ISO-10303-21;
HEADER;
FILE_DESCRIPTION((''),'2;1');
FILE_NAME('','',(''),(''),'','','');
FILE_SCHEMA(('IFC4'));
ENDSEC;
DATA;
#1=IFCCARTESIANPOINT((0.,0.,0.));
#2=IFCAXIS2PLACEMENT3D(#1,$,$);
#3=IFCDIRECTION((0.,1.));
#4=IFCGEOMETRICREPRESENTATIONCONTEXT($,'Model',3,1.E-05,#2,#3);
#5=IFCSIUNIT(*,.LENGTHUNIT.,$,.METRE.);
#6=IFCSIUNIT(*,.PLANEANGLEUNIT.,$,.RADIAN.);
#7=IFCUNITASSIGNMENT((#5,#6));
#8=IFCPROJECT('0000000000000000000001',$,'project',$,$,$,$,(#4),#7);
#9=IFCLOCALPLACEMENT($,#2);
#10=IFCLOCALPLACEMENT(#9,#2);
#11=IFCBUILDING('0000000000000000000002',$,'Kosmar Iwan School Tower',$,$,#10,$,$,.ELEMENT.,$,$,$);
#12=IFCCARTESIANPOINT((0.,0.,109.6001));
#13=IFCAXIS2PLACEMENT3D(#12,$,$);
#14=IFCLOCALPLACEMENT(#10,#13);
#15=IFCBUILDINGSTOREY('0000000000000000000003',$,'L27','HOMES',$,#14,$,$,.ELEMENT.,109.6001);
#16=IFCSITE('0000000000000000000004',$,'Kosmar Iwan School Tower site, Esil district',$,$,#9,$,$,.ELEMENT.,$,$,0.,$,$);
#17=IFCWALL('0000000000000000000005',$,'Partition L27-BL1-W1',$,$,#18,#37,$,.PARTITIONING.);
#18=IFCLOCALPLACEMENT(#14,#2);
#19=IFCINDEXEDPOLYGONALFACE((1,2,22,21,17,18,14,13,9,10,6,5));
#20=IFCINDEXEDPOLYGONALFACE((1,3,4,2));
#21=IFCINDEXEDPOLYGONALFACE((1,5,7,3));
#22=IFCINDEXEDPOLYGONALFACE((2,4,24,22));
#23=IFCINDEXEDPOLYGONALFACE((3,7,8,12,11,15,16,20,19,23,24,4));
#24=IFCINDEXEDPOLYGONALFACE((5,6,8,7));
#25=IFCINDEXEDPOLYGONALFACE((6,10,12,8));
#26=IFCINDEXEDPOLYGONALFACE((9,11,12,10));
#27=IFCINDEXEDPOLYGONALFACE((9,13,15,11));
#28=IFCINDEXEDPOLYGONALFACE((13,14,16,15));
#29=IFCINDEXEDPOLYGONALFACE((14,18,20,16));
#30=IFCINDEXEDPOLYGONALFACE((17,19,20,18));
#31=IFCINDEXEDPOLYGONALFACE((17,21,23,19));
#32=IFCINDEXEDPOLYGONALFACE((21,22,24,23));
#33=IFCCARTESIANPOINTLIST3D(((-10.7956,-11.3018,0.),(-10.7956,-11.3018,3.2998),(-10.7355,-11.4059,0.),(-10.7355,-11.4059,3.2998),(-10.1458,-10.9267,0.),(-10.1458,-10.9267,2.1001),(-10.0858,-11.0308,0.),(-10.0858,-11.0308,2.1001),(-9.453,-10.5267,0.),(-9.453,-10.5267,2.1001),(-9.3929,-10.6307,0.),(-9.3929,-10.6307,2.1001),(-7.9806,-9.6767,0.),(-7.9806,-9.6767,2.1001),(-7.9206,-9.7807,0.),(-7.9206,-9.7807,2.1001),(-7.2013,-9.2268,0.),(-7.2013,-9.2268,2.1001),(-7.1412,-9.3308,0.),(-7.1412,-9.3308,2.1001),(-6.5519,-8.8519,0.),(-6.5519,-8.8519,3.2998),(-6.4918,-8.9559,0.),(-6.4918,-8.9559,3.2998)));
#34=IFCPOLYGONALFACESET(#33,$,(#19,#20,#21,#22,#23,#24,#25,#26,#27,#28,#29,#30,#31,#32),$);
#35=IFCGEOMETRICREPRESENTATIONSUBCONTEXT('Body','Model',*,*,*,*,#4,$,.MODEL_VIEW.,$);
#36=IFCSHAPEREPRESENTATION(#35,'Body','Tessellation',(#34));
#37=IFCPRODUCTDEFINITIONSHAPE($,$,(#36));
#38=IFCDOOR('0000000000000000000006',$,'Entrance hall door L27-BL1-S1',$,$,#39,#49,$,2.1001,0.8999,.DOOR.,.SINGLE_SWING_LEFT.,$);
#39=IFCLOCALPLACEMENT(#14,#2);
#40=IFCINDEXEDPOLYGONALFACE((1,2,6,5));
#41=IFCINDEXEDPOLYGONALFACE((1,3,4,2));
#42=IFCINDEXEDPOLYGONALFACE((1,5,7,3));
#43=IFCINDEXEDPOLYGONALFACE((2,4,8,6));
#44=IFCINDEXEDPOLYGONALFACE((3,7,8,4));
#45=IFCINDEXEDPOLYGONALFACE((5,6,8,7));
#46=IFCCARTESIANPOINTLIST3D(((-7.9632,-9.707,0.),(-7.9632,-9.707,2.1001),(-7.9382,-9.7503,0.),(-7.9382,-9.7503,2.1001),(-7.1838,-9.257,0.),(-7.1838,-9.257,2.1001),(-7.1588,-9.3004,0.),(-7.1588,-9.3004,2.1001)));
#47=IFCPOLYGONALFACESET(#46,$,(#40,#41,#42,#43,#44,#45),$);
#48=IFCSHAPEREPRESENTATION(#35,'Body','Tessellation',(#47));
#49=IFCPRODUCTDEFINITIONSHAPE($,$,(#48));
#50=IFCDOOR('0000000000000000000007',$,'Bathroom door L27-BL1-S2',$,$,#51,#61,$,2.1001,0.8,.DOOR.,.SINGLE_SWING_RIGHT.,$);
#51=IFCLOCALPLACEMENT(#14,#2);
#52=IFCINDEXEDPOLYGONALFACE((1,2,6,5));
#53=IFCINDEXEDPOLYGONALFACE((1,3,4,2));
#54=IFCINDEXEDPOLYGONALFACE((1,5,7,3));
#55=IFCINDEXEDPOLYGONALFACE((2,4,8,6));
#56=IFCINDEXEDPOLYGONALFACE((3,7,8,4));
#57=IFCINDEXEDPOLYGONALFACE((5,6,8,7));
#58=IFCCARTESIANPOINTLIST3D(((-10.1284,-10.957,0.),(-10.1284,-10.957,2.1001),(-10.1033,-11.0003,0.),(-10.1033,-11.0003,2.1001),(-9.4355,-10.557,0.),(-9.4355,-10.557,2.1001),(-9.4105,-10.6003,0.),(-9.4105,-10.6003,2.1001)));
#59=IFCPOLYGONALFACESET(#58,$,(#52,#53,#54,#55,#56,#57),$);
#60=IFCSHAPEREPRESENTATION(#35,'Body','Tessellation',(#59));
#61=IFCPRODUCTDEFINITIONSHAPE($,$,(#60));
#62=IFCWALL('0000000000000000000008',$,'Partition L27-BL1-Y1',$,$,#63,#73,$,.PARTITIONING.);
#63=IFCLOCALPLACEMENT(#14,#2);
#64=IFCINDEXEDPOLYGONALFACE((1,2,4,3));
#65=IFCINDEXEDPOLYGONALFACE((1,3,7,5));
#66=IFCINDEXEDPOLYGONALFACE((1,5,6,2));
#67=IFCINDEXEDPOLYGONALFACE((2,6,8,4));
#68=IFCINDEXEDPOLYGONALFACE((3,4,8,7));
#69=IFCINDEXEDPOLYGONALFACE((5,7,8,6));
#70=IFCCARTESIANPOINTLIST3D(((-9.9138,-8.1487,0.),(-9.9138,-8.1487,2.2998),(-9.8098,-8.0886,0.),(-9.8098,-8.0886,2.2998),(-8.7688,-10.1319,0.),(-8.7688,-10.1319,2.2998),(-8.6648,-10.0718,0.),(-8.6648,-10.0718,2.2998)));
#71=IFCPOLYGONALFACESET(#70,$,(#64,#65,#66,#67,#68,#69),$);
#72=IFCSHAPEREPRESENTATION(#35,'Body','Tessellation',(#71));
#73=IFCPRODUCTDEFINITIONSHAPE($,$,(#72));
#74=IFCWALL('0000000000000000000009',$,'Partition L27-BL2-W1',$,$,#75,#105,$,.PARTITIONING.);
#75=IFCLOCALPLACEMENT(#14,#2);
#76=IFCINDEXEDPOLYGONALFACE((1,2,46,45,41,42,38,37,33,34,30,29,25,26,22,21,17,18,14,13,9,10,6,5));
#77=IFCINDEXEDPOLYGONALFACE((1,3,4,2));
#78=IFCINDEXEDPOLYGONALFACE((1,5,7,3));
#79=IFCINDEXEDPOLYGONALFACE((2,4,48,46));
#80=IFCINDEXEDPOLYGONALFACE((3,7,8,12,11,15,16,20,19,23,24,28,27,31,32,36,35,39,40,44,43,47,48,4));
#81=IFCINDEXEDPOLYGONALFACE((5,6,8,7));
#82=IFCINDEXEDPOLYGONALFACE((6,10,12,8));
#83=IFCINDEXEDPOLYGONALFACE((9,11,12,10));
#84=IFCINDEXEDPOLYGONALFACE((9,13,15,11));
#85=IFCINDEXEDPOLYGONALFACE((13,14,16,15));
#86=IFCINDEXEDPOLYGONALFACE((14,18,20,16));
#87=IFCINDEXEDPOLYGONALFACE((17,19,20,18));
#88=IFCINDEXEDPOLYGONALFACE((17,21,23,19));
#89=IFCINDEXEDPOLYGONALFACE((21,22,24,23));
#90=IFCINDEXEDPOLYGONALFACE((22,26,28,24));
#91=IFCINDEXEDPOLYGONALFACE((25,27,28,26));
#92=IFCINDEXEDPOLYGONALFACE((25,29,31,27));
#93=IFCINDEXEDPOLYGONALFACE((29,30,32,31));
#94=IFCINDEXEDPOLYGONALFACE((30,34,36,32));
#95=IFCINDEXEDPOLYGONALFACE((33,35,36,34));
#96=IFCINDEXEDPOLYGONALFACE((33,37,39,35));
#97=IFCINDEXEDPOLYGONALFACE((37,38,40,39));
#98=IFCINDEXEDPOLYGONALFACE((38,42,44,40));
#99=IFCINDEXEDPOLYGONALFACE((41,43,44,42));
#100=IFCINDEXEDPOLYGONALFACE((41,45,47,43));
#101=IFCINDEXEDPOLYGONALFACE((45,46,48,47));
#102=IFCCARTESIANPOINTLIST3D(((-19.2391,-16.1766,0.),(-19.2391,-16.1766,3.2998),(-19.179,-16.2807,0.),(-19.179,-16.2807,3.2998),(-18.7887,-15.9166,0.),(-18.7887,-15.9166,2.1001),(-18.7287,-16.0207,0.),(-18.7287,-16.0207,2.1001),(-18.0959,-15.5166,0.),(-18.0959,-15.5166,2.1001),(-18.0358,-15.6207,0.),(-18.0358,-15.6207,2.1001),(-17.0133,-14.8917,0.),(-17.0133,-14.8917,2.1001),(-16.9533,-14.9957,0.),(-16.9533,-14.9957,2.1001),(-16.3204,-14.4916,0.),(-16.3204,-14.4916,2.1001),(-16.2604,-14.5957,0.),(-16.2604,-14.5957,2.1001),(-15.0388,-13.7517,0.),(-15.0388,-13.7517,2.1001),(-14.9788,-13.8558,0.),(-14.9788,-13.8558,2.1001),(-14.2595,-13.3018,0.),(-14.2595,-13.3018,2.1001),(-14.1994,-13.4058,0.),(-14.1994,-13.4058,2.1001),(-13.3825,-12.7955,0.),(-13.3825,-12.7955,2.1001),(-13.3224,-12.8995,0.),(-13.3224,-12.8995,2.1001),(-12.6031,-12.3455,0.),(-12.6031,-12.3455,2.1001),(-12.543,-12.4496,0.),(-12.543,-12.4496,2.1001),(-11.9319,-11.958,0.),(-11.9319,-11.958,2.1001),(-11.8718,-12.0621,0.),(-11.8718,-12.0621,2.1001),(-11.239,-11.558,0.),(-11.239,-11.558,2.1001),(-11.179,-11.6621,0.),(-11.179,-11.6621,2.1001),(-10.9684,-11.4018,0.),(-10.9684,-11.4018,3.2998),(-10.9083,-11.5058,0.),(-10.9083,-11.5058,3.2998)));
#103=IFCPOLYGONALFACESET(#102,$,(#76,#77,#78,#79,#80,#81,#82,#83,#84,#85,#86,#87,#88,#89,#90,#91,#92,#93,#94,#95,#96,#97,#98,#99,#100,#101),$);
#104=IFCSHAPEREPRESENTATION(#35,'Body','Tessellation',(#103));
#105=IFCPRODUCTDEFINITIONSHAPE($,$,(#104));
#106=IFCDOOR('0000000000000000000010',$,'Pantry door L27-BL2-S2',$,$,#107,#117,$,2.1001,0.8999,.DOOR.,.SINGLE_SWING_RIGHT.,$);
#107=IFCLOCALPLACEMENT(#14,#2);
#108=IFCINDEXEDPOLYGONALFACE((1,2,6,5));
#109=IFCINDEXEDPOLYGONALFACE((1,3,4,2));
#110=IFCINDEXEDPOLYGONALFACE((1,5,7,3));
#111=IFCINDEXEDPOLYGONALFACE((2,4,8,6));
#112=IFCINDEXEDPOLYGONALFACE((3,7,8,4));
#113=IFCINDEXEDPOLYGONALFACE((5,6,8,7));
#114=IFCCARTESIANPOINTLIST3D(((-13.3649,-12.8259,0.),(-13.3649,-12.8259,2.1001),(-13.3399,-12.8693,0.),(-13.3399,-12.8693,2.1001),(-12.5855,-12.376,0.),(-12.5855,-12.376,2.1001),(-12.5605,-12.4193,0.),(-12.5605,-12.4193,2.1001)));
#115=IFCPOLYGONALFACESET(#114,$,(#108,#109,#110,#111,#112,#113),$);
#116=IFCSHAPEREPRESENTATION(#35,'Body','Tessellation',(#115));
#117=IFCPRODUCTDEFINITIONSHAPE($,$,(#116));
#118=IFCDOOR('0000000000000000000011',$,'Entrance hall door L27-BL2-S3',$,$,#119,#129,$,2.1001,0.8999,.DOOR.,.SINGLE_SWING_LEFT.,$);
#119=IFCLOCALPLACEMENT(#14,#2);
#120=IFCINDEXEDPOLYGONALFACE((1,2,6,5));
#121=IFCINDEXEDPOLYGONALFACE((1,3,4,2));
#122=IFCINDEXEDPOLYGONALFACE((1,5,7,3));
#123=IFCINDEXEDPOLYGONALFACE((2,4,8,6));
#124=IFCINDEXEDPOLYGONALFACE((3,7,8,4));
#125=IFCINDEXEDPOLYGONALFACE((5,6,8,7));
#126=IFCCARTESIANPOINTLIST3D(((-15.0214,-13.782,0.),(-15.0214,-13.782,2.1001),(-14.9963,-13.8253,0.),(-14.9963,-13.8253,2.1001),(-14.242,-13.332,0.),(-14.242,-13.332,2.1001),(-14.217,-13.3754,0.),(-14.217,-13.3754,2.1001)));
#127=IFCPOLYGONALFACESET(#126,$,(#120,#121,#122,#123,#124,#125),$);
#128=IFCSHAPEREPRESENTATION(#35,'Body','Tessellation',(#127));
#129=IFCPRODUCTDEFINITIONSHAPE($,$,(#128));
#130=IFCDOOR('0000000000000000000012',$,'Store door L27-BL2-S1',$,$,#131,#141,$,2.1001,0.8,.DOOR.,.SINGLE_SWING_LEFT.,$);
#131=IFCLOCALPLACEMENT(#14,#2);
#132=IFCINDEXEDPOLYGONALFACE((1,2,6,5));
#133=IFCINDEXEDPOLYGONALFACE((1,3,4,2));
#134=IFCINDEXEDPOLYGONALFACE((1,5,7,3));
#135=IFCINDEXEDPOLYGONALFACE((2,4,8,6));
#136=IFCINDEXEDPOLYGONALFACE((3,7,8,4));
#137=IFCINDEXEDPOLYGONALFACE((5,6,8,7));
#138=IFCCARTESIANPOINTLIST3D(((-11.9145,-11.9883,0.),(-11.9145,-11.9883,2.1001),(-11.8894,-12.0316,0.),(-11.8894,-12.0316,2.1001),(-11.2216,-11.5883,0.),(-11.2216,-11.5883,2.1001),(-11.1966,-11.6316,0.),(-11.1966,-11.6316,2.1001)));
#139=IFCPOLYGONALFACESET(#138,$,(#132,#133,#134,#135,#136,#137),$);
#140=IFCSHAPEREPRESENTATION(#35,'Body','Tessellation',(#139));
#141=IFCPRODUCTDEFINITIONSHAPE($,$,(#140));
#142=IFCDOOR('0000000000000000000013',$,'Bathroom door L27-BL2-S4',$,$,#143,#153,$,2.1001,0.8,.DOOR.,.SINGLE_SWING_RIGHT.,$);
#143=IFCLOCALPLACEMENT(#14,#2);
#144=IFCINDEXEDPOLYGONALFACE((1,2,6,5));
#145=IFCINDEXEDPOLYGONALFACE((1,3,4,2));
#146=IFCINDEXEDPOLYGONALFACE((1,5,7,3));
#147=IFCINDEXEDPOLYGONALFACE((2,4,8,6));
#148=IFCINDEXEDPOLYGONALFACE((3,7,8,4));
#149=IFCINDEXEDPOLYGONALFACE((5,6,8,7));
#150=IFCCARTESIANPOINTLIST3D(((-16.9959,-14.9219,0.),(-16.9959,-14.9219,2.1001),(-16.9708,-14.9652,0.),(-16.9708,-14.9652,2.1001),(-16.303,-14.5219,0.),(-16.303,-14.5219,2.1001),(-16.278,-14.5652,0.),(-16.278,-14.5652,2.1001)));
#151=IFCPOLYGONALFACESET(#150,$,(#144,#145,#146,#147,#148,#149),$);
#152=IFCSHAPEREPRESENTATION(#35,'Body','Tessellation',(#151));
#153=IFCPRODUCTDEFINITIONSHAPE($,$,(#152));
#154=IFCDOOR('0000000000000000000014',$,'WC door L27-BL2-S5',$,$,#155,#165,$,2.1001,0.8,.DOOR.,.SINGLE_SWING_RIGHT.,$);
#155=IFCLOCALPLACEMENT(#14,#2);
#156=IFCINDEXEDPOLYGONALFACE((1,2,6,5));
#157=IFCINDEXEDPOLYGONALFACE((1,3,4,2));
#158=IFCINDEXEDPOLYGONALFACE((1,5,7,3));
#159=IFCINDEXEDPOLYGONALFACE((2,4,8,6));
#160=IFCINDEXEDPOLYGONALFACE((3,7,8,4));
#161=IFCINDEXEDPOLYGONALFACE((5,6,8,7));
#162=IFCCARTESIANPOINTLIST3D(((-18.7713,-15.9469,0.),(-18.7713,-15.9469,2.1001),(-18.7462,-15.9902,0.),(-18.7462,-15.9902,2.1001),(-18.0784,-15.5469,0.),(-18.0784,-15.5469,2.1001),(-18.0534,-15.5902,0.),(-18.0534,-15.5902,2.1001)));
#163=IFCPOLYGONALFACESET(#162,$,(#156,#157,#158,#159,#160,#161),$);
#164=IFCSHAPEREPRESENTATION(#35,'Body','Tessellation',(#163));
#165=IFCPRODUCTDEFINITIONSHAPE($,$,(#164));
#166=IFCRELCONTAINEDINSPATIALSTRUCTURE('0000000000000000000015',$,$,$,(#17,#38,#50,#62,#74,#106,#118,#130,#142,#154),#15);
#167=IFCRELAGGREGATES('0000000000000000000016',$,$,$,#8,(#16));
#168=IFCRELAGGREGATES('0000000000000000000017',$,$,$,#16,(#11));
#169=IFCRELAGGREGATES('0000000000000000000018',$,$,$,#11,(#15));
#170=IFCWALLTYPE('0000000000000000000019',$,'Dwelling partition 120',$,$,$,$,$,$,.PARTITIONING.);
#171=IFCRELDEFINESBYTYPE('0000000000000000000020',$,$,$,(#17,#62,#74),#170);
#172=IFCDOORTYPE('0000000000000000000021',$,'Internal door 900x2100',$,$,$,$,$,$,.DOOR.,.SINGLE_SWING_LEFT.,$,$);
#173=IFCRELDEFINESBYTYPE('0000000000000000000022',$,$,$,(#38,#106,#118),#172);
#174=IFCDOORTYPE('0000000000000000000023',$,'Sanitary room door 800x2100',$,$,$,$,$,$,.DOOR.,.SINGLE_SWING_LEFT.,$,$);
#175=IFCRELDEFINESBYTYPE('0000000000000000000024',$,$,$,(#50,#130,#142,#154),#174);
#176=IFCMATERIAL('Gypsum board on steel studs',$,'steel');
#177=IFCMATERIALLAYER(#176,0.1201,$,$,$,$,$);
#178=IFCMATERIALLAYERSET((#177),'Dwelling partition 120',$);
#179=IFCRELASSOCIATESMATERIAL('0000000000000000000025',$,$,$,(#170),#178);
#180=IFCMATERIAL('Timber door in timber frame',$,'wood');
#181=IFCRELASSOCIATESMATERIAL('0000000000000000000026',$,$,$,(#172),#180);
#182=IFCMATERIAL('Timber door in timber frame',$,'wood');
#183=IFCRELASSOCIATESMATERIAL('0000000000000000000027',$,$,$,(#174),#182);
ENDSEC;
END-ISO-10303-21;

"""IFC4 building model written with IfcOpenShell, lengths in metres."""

from ifc_helpers import new_model, si_unit, direction, frame, frame_2d, origin, place, context, subcontext, project, spatial, rectangle, extrude, material, layer, layer_set, type_object, element, fill, save


model = new_model("IFC4")

# Units and contexts
model_context = context("Model", 3, precision=1e-05, world=origin(), true_north=direction((0.0, 1.0)))
body_context = subcontext(model_context, "Body", "Model", "MODEL_VIEW")
ifc_project = project(units=[si_unit("LENGTHUNIT", "METRE"), si_unit("PLANEANGLEUNIT", "RADIAN")], contexts=[model_context])

# Site, building, storey
site_placement = place(None, origin())
site = spatial("IfcSite", under=ifc_project, at=site_placement, Name="Kosmar Iwan School Tower site, Esil district", CompositionType="ELEMENT", RefElevation=0.0)
building_placement = place(site_placement, origin())
building = spatial("IfcBuilding", under=site, at=building_placement, Name="Kosmar Iwan School Tower", CompositionType="ELEMENT")
storey_placement = place(building_placement, frame((0.0, 0.0, 109.6001)))
storey = spatial("IfcBuildingStorey", under=building, at=storey_placement, Name="L27", Description="HOMES", CompositionType="ELEMENT", Elevation=109.6001)

# Wall, openings, doors
ifc_material_1 = material(Name="Gypsum board on steel studs", Category="steel")
ifc_layer_1 = layer(ifc_material_1, 0.1201)
ifc_layer_set_1 = layer_set([ifc_layer_1], Name="Dwelling partition 120")
wall_type_1 = type_object("IfcWallType", Name="Dwelling partition 120", PredefinedType="PARTITIONING", material=ifc_layer_set_1)
wall_1_placement = place(storey_placement, frame((-6.5217, -8.9038, 0.0), z_axis=(0.0, 0.0, 1.0), x_axis=(-0.866036, -0.499981, 0.0)))
wall_1 = element("IfcWall", 1, at=wall_1_placement, inside=storey, type_object=wall_type_1, Name="Partition L27-BL1-W1", PredefinedType="PARTITIONING", context=body_context, shape_type="SweptSolid", body=[
    extrude(rectangle(XDim=4.9001, YDim=0.1201, at=frame_2d((2.4502, 0.0))), origin(), (0.0, 0.0, 1.0), 3.2998),
])
opening_1_placement = place(wall_1_placement, frame((0.75, 0.0, 0.0)))
opening_1 = element("IfcOpeningElement", 2, at=opening_1_placement, cuts=wall_1, PredefinedType="OPENING", context=body_context, shape_type="SweptSolid", body=[
    extrude(rectangle(XDim=0.8999, YDim=2.1001, at=frame_2d((0.45, 1.05))), frame((0.0, 0.072, 0.0), z_axis=(0.0, -1.0, 0.0), x_axis=(1.0, 0.0, 0.0)), (0.0, 0.0, 1.0), 0.144),
])
opening_2_placement = place(wall_1_placement, frame((3.3501, 0.0, 0.0)))
opening_2 = element("IfcOpeningElement", 3, at=opening_2_placement, cuts=wall_1, PredefinedType="OPENING", context=body_context, shape_type="SweptSolid", body=[
    extrude(rectangle(XDim=0.8, YDim=2.1001, at=frame_2d((0.3999, 1.05))), frame((0.0, 0.072, 0.0), z_axis=(0.0, -1.0, 0.0), x_axis=(1.0, 0.0, 0.0)), (0.0, 0.0, 1.0), 0.144),
])
ifc_material_2 = material(Name="Timber door in timber frame", Category="wood")
door_type_1 = type_object("IfcDoorType", Name="Internal door 900x2100", OperationType="SINGLE_SWING_LEFT", PredefinedType="DOOR", material=ifc_material_2)
door_1_placement = place(opening_1_placement, origin())
door_1 = element("IfcDoor", 4, at=door_1_placement, inside=storey, type_object=door_type_1, Name="Entrance hall door L27-BL1-S1", OperationType="SINGLE_SWING_LEFT", OverallHeight=2.1001, OverallWidth=0.8999, PredefinedType="DOOR", context=body_context, shape_type="SweptSolid", body=[
    extrude(rectangle(XDim=0.8999, YDim=2.1001, at=frame_2d((0.45, 1.05))), frame((0.0, 0.0249, 0.0), z_axis=(0.0, -1.0, 0.0), x_axis=(1.0, 0.0, 0.0)), (0.0, 0.0, 1.0), 0.05),
])
fill(opening_1, door_1)
ifc_material_3 = material(Name="Timber door in timber frame", Category="wood")
door_type_2 = type_object("IfcDoorType", Name="Sanitary room door 800x2100", OperationType="SINGLE_SWING_LEFT", PredefinedType="DOOR", material=ifc_material_3)
door_2_placement = place(opening_2_placement, origin())
door_2 = element("IfcDoor", 5, at=door_2_placement, inside=storey, type_object=door_type_2, Name="Bathroom door L27-BL1-S2", OperationType="SINGLE_SWING_RIGHT", OverallHeight=2.1001, OverallWidth=0.8, PredefinedType="DOOR", context=body_context, shape_type="SweptSolid", body=[
    extrude(rectangle(XDim=0.8, YDim=2.1001, at=frame_2d((0.3999, 1.05))), frame((0.0, 0.0249, 0.0), z_axis=(0.0, -1.0, 0.0), x_axis=(1.0, 0.0, 0.0)), (0.0, 0.0, 1.0), 0.05),
])
fill(opening_2, door_2)

# Wall
wall_2_placement = place(storey_placement, frame((-9.8618, -8.1187, 0.0), z_axis=(0.0, 0.0, 1.0), x_axis=(0.500015, -0.866017, 0.0)))
element("IfcWall", 6, at=wall_2_placement, inside=storey, type_object=wall_type_1, Name="Partition L27-BL1-Y1", PredefinedType="PARTITIONING", context=body_context, shape_type="SweptSolid", body=[
    extrude(rectangle(XDim=2.29, YDim=0.1201, at=frame_2d((1.145, 0.0))), origin(), (0.0, 0.0, 1.0), 2.2998),
])

# Wall, openings, doors
wall_3_placement = place(storey_placement, frame((-10.9385, -11.4539, 0.0), z_axis=(0.0, 0.0, 1.0), x_axis=(-0.866035, -0.499983, 0.0)))
wall_3 = element("IfcWall", 7, at=wall_3_placement, inside=storey, type_object=wall_type_1, Name="Partition L27-BL2-W1", PredefinedType="PARTITIONING", context=body_context, shape_type="SweptSolid", body=[
    extrude(rectangle(XDim=9.55, YDim=0.1201, at=frame_2d((4.7749, 0.0))), origin(), (0.0, 0.0, 1.0), 3.2998),
])
opening_3_placement = place(wall_3_placement, frame((0.3125, 0.0, 0.0)))
opening_3 = element("IfcOpeningElement", 8, at=opening_3_placement, cuts=wall_3, PredefinedType="OPENING", context=body_context, shape_type="SweptSolid", body=[
    extrude(rectangle(XDim=0.8, YDim=2.1001, at=frame_2d((0.3999, 1.05))), frame((0.0, 0.072, 0.0), z_axis=(0.0, -1.0, 0.0), x_axis=(1.0, 0.0, 0.0)), (0.0, 0.0, 1.0), 0.144),
])
opening_4_placement = place(wall_3_placement, frame((1.8875, 0.0, 0.0)))
opening_4 = element("IfcOpeningElement", 9, at=opening_4_placement, cuts=wall_3, PredefinedType="OPENING", context=body_context, shape_type="SweptSolid", body=[
    extrude(rectangle(XDim=0.8999, YDim=2.1001, at=frame_2d((0.45, 1.05))), frame((0.0, 0.072, 0.0), z_axis=(0.0, -1.0, 0.0), x_axis=(1.0, 0.0, 0.0)), (0.0, 0.0, 1.0), 0.144),
])
opening_5_placement = place(wall_3_placement, frame((3.8, 0.0, 0.0)))
opening_5 = element("IfcOpeningElement", 10, at=opening_5_placement, cuts=wall_3, PredefinedType="OPENING", context=body_context, shape_type="SweptSolid", body=[
    extrude(rectangle(XDim=0.8999, YDim=2.1001, at=frame_2d((0.45, 1.05))), frame((0.0, 0.072, 0.0), z_axis=(0.0, -1.0, 0.0), x_axis=(1.0, 0.0, 0.0)), (0.0, 0.0, 1.0), 0.144),
])
opening_6_placement = place(wall_3_placement, frame((6.1799, 0.0, 0.0)))
opening_6 = element("IfcOpeningElement", 11, at=opening_6_placement, cuts=wall_3, PredefinedType="OPENING", context=body_context, shape_type="SweptSolid", body=[
    extrude(rectangle(XDim=0.8, YDim=2.1001, at=frame_2d((0.3999, 1.05))), frame((0.0, 0.072, 0.0), z_axis=(0.0, -1.0, 0.0), x_axis=(1.0, 0.0, 0.0)), (0.0, 0.0, 1.0), 0.144),
])
opening_7_placement = place(wall_3_placement, frame((8.23, 0.0, 0.0)))
opening_7 = element("IfcOpeningElement", 12, at=opening_7_placement, cuts=wall_3, PredefinedType="OPENING", context=body_context, shape_type="SweptSolid", body=[
    extrude(rectangle(XDim=0.8, YDim=2.1001, at=frame_2d((0.3999, 1.05))), frame((0.0, 0.072, 0.0), z_axis=(0.0, -1.0, 0.0), x_axis=(1.0, 0.0, 0.0)), (0.0, 0.0, 1.0), 0.144),
])
door_3_placement = place(opening_4_placement, frame((0.8999, 0.0, 0.0), z_axis=(0.0, 0.0, 1.0), x_axis=(-1.0, 0.0, 0.0)))
door_3 = element("IfcDoor", 13, at=door_3_placement, inside=storey, type_object=door_type_1, Name="Pantry door L27-BL2-S2", OperationType="SINGLE_SWING_RIGHT", OverallHeight=2.1001, OverallWidth=0.8999, PredefinedType="DOOR", context=body_context, shape_type="SweptSolid", body=[
    extrude(rectangle(XDim=0.8999, YDim=2.1001, at=frame_2d((0.45, 1.05))), frame((0.0, 0.0249, 0.0), z_axis=(0.0, -1.0, 0.0), x_axis=(1.0, 0.0, 0.0)), (0.0, 0.0, 1.0), 0.05),
])
fill(opening_4, door_3)
door_4_placement = place(opening_5_placement, origin())
door_4 = element("IfcDoor", 14, at=door_4_placement, inside=storey, type_object=door_type_1, Name="Entrance hall door L27-BL2-S3", OperationType="SINGLE_SWING_LEFT", OverallHeight=2.1001, OverallWidth=0.8999, PredefinedType="DOOR", context=body_context, shape_type="SweptSolid", body=[
    extrude(rectangle(XDim=0.8999, YDim=2.1001, at=frame_2d((0.45, 1.05))), frame((0.0, 0.0249, 0.0), z_axis=(0.0, -1.0, 0.0), x_axis=(1.0, 0.0, 0.0)), (0.0, 0.0, 1.0), 0.05),
])
fill(opening_5, door_4)
door_5_placement = place(opening_3_placement, origin())
door_5 = element("IfcDoor", 15, at=door_5_placement, inside=storey, type_object=door_type_2, Name="Store door L27-BL2-S1", OperationType="SINGLE_SWING_LEFT", OverallHeight=2.1001, OverallWidth=0.8, PredefinedType="DOOR", context=body_context, shape_type="SweptSolid", body=[
    extrude(rectangle(XDim=0.8, YDim=2.1001, at=frame_2d((0.3999, 1.05))), frame((0.0, 0.0249, 0.0), z_axis=(0.0, -1.0, 0.0), x_axis=(1.0, 0.0, 0.0)), (0.0, 0.0, 1.0), 0.05),
])
fill(opening_3, door_5)
door_6_placement = place(opening_6_placement, origin())
door_6 = element("IfcDoor", 16, at=door_6_placement, inside=storey, type_object=door_type_2, Name="Bathroom door L27-BL2-S4", OperationType="SINGLE_SWING_RIGHT", OverallHeight=2.1001, OverallWidth=0.8, PredefinedType="DOOR", context=body_context, shape_type="SweptSolid", body=[
    extrude(rectangle(XDim=0.8, YDim=2.1001, at=frame_2d((0.3999, 1.05))), frame((0.0, 0.0249, 0.0), z_axis=(0.0, -1.0, 0.0), x_axis=(1.0, 0.0, 0.0)), (0.0, 0.0, 1.0), 0.05),
])
fill(opening_6, door_6)
door_7_placement = place(opening_7_placement, origin())
door_7 = element("IfcDoor", 17, at=door_7_placement, inside=storey, type_object=door_type_2, Name="WC door L27-BL2-S5", OperationType="SINGLE_SWING_RIGHT", OverallHeight=2.1001, OverallWidth=0.8, PredefinedType="DOOR", context=body_context, shape_type="SweptSolid", body=[
    extrude(rectangle(XDim=0.8, YDim=2.1001, at=frame_2d((0.3999, 1.05))), frame((0.0, 0.0249, 0.0), z_axis=(0.0, -1.0, 0.0), x_axis=(1.0, 0.0, 0.0)), (0.0, 0.0, 1.0), 0.05),
])
fill(opening_7, door_7)

save(model, "model.ifc")
